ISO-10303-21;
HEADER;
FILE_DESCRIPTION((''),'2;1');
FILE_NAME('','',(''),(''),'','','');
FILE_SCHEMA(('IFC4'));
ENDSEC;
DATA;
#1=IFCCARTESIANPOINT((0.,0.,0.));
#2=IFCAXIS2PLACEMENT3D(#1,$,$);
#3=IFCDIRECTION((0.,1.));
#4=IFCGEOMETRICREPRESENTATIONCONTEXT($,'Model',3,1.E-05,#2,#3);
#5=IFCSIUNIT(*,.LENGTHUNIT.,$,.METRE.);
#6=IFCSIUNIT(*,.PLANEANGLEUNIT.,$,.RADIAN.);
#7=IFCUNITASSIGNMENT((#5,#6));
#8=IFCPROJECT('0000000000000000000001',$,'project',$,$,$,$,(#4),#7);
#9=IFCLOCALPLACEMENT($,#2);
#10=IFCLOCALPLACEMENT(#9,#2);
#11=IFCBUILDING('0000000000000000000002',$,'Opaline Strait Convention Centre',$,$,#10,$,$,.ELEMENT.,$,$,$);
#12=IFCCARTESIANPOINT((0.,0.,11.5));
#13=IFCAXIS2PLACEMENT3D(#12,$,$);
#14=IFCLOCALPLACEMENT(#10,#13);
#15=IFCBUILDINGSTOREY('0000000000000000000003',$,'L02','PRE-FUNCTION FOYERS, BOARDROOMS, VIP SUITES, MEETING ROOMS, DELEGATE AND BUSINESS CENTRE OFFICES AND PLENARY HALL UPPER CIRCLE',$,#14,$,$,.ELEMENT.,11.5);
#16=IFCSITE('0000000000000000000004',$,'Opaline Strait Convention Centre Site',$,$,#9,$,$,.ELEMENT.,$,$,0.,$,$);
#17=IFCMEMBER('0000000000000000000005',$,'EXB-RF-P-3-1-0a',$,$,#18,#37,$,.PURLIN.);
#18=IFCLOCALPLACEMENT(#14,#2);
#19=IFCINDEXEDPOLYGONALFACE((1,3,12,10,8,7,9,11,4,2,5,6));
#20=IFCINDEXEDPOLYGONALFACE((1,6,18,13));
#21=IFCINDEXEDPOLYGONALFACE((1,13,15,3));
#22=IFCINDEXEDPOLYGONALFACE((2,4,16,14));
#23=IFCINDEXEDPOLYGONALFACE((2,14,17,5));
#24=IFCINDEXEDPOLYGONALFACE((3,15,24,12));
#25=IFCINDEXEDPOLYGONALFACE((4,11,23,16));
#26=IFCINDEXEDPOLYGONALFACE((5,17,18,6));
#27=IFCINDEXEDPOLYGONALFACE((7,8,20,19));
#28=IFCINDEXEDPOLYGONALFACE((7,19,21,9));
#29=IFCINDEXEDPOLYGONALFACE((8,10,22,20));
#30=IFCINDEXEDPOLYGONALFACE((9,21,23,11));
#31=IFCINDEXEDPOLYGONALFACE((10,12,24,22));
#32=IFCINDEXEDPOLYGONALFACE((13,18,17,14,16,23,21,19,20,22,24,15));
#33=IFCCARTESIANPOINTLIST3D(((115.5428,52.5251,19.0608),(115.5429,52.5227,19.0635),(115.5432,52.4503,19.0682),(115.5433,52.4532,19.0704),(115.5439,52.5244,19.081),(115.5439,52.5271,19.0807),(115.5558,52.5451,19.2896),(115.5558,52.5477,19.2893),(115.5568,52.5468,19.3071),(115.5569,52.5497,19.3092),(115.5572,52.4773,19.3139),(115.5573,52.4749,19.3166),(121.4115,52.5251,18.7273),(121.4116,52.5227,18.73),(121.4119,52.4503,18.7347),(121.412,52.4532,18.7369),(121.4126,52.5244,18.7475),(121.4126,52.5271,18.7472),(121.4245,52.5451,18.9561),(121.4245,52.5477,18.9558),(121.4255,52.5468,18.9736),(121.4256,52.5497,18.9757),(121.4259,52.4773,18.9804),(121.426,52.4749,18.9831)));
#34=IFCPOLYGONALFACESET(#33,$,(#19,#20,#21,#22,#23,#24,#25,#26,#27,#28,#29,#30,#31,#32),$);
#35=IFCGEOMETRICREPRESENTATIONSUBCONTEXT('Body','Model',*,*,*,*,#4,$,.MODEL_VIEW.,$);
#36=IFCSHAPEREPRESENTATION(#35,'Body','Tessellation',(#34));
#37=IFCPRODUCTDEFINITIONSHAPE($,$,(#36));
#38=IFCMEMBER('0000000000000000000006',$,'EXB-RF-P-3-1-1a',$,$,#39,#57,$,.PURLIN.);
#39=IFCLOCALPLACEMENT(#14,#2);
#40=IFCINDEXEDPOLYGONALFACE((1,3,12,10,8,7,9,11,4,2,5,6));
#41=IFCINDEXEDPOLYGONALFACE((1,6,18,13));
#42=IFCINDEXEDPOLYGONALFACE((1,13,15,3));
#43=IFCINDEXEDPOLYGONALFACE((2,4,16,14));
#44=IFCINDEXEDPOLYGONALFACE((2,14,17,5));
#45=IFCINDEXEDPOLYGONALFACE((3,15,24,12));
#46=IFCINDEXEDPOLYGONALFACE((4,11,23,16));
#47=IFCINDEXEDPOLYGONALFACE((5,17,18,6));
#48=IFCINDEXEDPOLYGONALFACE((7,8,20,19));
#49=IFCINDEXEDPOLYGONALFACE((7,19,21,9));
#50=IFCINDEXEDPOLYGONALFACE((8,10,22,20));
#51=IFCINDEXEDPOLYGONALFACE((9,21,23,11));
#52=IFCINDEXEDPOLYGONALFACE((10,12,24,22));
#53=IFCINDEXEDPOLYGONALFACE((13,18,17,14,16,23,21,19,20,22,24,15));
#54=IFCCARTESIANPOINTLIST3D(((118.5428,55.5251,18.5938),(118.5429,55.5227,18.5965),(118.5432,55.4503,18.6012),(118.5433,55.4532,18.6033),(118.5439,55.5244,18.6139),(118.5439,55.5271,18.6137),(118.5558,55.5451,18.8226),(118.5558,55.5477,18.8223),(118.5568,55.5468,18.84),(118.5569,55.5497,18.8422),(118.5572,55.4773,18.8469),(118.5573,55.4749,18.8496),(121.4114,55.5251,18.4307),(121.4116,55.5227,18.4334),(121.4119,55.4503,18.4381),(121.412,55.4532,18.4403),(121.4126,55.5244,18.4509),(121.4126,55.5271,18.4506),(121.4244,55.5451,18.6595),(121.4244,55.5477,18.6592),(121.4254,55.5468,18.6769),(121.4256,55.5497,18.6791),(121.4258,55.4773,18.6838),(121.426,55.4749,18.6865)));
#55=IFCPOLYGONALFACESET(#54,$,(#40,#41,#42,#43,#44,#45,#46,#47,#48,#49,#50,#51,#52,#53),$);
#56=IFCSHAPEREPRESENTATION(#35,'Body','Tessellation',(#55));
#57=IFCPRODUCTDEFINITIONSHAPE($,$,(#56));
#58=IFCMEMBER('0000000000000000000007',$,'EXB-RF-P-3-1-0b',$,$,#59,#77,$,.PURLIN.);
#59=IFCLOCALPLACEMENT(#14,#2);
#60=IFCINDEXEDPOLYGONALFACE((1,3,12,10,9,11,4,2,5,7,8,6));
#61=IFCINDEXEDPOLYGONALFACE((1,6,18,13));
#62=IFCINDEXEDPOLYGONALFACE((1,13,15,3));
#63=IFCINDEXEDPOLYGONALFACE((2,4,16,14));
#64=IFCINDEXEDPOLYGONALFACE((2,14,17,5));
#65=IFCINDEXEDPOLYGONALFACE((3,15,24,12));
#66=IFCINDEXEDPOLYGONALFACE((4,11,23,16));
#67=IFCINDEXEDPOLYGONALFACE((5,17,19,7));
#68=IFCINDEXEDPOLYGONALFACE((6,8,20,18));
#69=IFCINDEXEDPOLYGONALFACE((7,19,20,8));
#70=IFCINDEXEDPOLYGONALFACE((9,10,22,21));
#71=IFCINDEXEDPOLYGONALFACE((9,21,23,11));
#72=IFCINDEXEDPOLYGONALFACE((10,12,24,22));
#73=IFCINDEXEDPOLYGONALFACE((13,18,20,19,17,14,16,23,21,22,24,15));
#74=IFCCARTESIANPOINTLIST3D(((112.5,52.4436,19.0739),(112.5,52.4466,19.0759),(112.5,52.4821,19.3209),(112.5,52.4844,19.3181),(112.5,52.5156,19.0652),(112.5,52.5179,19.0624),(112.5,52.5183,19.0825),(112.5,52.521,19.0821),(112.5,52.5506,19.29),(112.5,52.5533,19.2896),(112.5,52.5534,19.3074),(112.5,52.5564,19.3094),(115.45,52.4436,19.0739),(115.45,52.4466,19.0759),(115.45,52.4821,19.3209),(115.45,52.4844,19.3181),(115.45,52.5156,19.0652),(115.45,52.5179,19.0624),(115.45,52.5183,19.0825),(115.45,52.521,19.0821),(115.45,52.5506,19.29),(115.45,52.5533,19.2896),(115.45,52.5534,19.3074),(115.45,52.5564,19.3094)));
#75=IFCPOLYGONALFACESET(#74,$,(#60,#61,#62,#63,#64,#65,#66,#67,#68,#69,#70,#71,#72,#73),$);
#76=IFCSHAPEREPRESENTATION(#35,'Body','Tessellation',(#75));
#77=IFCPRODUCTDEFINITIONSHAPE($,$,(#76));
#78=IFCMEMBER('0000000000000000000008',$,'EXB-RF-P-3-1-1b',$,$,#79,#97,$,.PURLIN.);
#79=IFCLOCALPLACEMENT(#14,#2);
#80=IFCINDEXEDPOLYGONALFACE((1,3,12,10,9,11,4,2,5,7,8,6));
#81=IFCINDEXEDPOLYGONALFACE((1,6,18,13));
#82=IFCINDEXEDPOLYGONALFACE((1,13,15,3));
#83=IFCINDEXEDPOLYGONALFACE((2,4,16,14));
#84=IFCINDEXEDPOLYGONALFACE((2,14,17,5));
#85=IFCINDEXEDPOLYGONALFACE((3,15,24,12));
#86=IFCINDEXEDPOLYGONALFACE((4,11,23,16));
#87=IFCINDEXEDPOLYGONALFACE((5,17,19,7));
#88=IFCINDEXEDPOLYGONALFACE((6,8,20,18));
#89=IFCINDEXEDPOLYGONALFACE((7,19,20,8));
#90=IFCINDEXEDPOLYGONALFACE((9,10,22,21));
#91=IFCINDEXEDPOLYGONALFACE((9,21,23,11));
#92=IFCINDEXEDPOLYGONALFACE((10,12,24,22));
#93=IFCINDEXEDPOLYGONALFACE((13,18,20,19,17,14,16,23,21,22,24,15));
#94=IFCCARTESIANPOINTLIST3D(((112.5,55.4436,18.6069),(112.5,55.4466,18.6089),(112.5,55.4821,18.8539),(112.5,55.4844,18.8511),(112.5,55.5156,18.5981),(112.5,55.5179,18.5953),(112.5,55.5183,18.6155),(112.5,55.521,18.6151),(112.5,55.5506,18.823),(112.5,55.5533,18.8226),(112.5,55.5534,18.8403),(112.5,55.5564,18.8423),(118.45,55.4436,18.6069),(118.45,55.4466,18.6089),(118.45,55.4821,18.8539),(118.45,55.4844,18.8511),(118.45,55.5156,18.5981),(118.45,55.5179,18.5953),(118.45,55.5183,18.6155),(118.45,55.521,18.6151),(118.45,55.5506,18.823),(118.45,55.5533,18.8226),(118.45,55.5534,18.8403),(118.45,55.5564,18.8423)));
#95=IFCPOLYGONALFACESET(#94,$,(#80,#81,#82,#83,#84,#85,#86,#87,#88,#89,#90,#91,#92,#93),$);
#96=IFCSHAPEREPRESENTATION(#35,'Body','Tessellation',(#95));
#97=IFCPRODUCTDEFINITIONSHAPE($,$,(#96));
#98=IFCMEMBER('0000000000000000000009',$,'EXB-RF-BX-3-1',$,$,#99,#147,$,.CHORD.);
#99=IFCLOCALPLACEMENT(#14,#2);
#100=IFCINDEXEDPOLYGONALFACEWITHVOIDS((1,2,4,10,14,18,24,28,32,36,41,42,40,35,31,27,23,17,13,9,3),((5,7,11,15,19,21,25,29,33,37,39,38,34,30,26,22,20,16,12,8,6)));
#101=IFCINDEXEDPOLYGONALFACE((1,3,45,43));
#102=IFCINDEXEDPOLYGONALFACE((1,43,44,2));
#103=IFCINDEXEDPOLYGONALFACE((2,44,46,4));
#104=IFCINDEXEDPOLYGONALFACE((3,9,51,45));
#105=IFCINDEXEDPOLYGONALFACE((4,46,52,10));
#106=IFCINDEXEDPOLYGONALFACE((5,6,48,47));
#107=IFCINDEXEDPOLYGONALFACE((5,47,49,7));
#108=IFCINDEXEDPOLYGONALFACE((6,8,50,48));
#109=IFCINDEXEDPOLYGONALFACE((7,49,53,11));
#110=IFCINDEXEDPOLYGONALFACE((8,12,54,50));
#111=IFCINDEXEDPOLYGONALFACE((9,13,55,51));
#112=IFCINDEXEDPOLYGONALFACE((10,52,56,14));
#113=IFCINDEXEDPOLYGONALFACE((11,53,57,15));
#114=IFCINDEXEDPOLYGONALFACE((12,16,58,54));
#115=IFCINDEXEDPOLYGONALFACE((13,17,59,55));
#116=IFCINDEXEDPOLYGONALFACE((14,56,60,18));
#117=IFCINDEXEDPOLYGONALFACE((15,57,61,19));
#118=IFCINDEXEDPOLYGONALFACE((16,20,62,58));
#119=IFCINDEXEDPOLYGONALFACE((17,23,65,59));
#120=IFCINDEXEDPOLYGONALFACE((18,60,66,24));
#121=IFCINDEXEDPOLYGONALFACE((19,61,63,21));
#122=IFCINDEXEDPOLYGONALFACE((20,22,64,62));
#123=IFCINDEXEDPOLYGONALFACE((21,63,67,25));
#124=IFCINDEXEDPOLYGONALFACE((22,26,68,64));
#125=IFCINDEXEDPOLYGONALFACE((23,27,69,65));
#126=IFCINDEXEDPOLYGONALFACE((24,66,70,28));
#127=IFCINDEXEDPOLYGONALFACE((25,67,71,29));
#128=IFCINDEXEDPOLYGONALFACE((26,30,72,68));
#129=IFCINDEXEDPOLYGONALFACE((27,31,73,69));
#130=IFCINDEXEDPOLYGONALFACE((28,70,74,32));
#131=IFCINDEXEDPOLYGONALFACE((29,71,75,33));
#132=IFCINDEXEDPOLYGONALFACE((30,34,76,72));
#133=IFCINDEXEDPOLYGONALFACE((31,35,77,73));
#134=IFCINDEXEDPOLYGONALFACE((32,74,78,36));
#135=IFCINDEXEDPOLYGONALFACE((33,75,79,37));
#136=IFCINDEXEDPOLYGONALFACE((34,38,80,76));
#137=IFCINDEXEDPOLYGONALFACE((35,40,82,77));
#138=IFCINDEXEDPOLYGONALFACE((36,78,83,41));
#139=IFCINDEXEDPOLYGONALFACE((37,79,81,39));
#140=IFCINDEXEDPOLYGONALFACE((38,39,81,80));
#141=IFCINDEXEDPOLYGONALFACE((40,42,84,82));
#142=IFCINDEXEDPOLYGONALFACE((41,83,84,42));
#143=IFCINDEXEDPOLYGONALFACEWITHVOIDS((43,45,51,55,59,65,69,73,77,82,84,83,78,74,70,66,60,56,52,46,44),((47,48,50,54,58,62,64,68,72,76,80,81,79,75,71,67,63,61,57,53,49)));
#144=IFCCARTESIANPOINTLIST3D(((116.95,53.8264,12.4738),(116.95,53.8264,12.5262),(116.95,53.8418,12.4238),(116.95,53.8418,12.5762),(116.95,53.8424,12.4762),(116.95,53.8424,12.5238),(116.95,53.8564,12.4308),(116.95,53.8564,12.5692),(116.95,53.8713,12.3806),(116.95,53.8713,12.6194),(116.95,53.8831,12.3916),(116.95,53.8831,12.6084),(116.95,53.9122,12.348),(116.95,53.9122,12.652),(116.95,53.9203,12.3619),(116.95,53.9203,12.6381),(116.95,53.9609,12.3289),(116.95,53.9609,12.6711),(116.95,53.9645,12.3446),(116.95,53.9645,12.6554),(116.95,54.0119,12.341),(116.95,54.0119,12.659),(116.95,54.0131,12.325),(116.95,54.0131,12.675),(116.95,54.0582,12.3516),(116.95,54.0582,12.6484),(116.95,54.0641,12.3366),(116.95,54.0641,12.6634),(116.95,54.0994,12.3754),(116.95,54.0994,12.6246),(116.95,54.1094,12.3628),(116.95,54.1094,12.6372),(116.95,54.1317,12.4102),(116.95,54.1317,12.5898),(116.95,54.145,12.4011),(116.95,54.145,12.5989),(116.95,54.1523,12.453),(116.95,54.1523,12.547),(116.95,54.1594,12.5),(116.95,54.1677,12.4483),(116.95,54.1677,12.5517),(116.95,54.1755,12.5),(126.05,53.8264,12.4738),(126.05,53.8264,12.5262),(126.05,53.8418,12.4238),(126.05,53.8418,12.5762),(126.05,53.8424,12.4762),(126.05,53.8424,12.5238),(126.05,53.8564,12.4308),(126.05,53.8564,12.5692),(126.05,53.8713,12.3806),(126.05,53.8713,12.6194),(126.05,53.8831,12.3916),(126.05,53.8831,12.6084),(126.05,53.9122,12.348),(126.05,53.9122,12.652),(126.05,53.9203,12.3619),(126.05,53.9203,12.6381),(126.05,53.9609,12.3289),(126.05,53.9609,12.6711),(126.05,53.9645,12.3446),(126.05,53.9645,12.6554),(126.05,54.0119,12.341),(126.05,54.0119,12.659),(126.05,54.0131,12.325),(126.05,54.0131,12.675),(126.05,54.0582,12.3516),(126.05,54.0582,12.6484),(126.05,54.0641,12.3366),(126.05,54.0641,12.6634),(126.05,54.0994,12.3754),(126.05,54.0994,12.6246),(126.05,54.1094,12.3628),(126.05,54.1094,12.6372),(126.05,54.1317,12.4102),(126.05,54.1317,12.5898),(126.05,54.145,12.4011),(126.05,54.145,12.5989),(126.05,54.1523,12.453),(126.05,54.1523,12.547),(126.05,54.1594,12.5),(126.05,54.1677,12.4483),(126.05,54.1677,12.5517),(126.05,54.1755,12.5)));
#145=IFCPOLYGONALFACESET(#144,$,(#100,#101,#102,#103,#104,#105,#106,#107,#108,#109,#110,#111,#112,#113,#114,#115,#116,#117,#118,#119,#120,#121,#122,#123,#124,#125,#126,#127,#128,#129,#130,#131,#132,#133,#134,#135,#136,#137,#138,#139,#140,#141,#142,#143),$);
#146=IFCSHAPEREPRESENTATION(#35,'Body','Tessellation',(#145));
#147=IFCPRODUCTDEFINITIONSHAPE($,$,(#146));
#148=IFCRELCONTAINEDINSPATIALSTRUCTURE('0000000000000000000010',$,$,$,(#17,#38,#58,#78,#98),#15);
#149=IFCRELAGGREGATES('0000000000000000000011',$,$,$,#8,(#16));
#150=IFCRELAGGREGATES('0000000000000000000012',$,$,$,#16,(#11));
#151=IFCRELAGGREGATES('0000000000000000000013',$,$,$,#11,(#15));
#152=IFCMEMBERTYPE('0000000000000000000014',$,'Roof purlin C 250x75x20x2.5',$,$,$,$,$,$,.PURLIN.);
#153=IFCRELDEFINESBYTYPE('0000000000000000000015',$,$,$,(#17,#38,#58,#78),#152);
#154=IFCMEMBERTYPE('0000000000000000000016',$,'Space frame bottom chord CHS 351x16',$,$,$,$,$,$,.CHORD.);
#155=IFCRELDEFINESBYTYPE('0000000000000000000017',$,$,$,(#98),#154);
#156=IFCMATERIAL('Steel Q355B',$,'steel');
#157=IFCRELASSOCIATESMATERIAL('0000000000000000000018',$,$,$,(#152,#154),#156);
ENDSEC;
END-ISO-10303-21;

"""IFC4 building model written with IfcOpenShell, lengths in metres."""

from ifc_helpers import new_model, si_unit, direction, frame, origin, origin_2d, place, context, subcontext, project, spatial, polyline, hollow_circle, outline, extrude, material, material_profile, profile_set, type_object, element, save


model = new_model("IFC4")

# Units and contexts
model_context = context("Model", 3, precision=1e-05, world=origin(), true_north=direction((0.0, 1.0)))
body_context = subcontext(model_context, "Body", "Model", "MODEL_VIEW")
ifc_project = project(units=[si_unit("LENGTHUNIT", "METRE"), si_unit("PLANEANGLEUNIT", "RADIAN")], contexts=[model_context])

# Site, building, storey
site_placement = place(None, origin())
site = spatial("IfcSite", under=ifc_project, at=site_placement, Name="Opaline Strait Convention Centre Site", CompositionType="ELEMENT", RefElevation=0.0)
building_placement = place(site_placement, origin())
building = spatial("IfcBuilding", under=site, at=building_placement, Name="Opaline Strait Convention Centre", CompositionType="ELEMENT")
storey_placement = place(building_placement, frame((0.0, 0.0, 11.5)))
storey = spatial("IfcBuildingStorey", under=building, at=storey_placement, Name="L02", Description="PRE-FUNCTION FOYERS, BOARDROOMS, VIP SUITES, MEETING ROOMS, DELEGATE AND BUSINESS CENTRE OFFICES AND PLENARY HALL UPPER CIRCLE", CompositionType="ELEMENT", Elevation=11.5)

# Members
ifc_material_1 = material(Name="Steel Q355B", Category="steel")
ifc_material_profile_1 = material_profile(ifc_material_1, outline(polyline([(-0.0376, -0.125), (0.0376, -0.125), (0.0376, -0.105), (0.0349, -0.105), (0.0349, -0.1226), (-0.0349, -0.1226), (-0.0349, 0.1226), (0.0349, 0.1226), (0.0349, 0.105), (0.0376, 0.105), (0.0376, 0.125), (-0.0376, 0.125), (-0.0376, -0.125)])), Name="C 250x75x20x2.5")
ifc_profile_set_1 = profile_set([ifc_material_profile_1], Name="Steel Q355B")
member_type_1 = type_object("IfcMemberType", Name="Roof purlin C 250x75x20x2.5", PredefinedType="PURLIN", material=ifc_profile_set_1)
member_1_placement = place(storey_placement, frame((115.55, 52.5, 19.1887), z_axis=(0.998389, 0.0, -0.056735), x_axis=(-0.005582, 0.995149, -0.09822)))
element("IfcMember", 1, at=member_1_placement, inside=storey, type_object=member_type_1, Name="EXB-RF-P-3-1-0a", PredefinedType="PURLIN", context=body_context, shape_type="SweptSolid", body=[
    extrude(outline(polyline([(-0.0376, -0.125), (0.0376, -0.125), (0.0376, -0.105), (0.0349, -0.105), (0.0349, -0.1226), (-0.0349, -0.1226), (-0.0349, 0.1226), (0.0349, 0.1226), (0.0349, 0.105), (0.0376, 0.105), (0.0376, 0.125), (-0.0376, 0.125), (-0.0376, -0.125)])), origin(), (0.0, 0.0, 1.0), 5.8782),
])
member_2_placement = place(storey_placement, frame((118.55, 55.5, 18.7217), z_axis=(0.998388, 0.0, -0.056759), x_axis=(-0.005584, 0.995149, -0.09822)))
element("IfcMember", 2, at=member_2_placement, inside=storey, type_object=member_type_1, Name="EXB-RF-P-3-1-1a", PredefinedType="PURLIN", context=body_context, shape_type="SweptSolid", body=[
    extrude(outline(polyline([(-0.0376, -0.125), (0.0376, -0.125), (0.0376, -0.105), (0.0349, -0.105), (0.0349, -0.1226), (-0.0349, -0.1226), (-0.0349, 0.1226), (0.0349, 0.1226), (0.0349, 0.105), (0.0376, 0.105), (0.0376, 0.125), (-0.0376, 0.125), (-0.0376, -0.125)])), origin(), (0.0, 0.0, 1.0), 2.8733),
])
member_3_placement = place(storey_placement, frame((112.5, 52.5, 19.1917), z_axis=(1.0, 0.0, 0.0), x_axis=(0.0, 0.988092, -0.153864)))
element("IfcMember", 3, at=member_3_placement, inside=storey, type_object=member_type_1, Name="EXB-RF-P-3-1-0b", PredefinedType="PURLIN", context=body_context, shape_type="SweptSolid", body=[
    extrude(outline(polyline([(-0.0376, -0.125), (0.0376, -0.125), (0.0376, -0.105), (0.0349, -0.105), (0.0349, -0.1226), (-0.0349, -0.1226), (-0.0349, 0.1226), (0.0349, 0.1226), (0.0349, 0.105), (0.0376, 0.105), (0.0376, 0.125), (-0.0376, 0.125), (-0.0376, -0.125)])), origin(), (0.0, 0.0, 1.0), 2.95),
])
member_4_placement = place(storey_placement, frame((112.5, 55.5, 18.7246), z_axis=(1.0, 0.0, 0.0), x_axis=(0.0, 0.988092, -0.153864)))
element("IfcMember", 4, at=member_4_placement, inside=storey, type_object=member_type_1, Name="EXB-RF-P-3-1-1b", PredefinedType="PURLIN", context=body_context, shape_type="SweptSolid", body=[
    extrude(outline(polyline([(-0.0376, -0.125), (0.0376, -0.125), (0.0376, -0.105), (0.0349, -0.105), (0.0349, -0.1226), (-0.0349, -0.1226), (-0.0349, 0.1226), (0.0349, 0.1226), (0.0349, 0.105), (0.0376, 0.105), (0.0376, 0.125), (-0.0376, 0.125), (-0.0376, -0.125)])), origin(), (0.0, 0.0, 1.0), 5.95),
])
ifc_material_profile_2 = material_profile(ifc_material_1, hollow_circle(Radius=0.1755, WallThickness=0.0161, at=origin_2d()), Name="CHS 351x16")
ifc_profile_set_2 = profile_set([ifc_material_profile_2], Name="Steel Q355B")
member_type_2 = type_object("IfcMemberType", Name="Space frame bottom chord CHS 351x16", PredefinedType="CHORD", material=ifc_profile_set_2)
for number, where, z_axis, x_axis, name in (
    (5, (116.95, 54.0, 12.5), (1.0, 0.0, 0.0), (0.0, 1.0, 0.0), "EXB-RF-BX-3-1"),
):
    element("IfcMember", number, at=place(storey_placement, frame(where, z_axis=z_axis, x_axis=x_axis)), inside=storey, type_object=member_type_2, Name=name, PredefinedType="CHORD", context=body_context, shape_type="SweptSolid", body=[
        extrude(hollow_circle(Radius=0.1755, WallThickness=0.0161, at=origin_2d()), origin(), (0.0, 0.0, 1.0), 9.1001),
    ])

save(model, "model.ifc")
